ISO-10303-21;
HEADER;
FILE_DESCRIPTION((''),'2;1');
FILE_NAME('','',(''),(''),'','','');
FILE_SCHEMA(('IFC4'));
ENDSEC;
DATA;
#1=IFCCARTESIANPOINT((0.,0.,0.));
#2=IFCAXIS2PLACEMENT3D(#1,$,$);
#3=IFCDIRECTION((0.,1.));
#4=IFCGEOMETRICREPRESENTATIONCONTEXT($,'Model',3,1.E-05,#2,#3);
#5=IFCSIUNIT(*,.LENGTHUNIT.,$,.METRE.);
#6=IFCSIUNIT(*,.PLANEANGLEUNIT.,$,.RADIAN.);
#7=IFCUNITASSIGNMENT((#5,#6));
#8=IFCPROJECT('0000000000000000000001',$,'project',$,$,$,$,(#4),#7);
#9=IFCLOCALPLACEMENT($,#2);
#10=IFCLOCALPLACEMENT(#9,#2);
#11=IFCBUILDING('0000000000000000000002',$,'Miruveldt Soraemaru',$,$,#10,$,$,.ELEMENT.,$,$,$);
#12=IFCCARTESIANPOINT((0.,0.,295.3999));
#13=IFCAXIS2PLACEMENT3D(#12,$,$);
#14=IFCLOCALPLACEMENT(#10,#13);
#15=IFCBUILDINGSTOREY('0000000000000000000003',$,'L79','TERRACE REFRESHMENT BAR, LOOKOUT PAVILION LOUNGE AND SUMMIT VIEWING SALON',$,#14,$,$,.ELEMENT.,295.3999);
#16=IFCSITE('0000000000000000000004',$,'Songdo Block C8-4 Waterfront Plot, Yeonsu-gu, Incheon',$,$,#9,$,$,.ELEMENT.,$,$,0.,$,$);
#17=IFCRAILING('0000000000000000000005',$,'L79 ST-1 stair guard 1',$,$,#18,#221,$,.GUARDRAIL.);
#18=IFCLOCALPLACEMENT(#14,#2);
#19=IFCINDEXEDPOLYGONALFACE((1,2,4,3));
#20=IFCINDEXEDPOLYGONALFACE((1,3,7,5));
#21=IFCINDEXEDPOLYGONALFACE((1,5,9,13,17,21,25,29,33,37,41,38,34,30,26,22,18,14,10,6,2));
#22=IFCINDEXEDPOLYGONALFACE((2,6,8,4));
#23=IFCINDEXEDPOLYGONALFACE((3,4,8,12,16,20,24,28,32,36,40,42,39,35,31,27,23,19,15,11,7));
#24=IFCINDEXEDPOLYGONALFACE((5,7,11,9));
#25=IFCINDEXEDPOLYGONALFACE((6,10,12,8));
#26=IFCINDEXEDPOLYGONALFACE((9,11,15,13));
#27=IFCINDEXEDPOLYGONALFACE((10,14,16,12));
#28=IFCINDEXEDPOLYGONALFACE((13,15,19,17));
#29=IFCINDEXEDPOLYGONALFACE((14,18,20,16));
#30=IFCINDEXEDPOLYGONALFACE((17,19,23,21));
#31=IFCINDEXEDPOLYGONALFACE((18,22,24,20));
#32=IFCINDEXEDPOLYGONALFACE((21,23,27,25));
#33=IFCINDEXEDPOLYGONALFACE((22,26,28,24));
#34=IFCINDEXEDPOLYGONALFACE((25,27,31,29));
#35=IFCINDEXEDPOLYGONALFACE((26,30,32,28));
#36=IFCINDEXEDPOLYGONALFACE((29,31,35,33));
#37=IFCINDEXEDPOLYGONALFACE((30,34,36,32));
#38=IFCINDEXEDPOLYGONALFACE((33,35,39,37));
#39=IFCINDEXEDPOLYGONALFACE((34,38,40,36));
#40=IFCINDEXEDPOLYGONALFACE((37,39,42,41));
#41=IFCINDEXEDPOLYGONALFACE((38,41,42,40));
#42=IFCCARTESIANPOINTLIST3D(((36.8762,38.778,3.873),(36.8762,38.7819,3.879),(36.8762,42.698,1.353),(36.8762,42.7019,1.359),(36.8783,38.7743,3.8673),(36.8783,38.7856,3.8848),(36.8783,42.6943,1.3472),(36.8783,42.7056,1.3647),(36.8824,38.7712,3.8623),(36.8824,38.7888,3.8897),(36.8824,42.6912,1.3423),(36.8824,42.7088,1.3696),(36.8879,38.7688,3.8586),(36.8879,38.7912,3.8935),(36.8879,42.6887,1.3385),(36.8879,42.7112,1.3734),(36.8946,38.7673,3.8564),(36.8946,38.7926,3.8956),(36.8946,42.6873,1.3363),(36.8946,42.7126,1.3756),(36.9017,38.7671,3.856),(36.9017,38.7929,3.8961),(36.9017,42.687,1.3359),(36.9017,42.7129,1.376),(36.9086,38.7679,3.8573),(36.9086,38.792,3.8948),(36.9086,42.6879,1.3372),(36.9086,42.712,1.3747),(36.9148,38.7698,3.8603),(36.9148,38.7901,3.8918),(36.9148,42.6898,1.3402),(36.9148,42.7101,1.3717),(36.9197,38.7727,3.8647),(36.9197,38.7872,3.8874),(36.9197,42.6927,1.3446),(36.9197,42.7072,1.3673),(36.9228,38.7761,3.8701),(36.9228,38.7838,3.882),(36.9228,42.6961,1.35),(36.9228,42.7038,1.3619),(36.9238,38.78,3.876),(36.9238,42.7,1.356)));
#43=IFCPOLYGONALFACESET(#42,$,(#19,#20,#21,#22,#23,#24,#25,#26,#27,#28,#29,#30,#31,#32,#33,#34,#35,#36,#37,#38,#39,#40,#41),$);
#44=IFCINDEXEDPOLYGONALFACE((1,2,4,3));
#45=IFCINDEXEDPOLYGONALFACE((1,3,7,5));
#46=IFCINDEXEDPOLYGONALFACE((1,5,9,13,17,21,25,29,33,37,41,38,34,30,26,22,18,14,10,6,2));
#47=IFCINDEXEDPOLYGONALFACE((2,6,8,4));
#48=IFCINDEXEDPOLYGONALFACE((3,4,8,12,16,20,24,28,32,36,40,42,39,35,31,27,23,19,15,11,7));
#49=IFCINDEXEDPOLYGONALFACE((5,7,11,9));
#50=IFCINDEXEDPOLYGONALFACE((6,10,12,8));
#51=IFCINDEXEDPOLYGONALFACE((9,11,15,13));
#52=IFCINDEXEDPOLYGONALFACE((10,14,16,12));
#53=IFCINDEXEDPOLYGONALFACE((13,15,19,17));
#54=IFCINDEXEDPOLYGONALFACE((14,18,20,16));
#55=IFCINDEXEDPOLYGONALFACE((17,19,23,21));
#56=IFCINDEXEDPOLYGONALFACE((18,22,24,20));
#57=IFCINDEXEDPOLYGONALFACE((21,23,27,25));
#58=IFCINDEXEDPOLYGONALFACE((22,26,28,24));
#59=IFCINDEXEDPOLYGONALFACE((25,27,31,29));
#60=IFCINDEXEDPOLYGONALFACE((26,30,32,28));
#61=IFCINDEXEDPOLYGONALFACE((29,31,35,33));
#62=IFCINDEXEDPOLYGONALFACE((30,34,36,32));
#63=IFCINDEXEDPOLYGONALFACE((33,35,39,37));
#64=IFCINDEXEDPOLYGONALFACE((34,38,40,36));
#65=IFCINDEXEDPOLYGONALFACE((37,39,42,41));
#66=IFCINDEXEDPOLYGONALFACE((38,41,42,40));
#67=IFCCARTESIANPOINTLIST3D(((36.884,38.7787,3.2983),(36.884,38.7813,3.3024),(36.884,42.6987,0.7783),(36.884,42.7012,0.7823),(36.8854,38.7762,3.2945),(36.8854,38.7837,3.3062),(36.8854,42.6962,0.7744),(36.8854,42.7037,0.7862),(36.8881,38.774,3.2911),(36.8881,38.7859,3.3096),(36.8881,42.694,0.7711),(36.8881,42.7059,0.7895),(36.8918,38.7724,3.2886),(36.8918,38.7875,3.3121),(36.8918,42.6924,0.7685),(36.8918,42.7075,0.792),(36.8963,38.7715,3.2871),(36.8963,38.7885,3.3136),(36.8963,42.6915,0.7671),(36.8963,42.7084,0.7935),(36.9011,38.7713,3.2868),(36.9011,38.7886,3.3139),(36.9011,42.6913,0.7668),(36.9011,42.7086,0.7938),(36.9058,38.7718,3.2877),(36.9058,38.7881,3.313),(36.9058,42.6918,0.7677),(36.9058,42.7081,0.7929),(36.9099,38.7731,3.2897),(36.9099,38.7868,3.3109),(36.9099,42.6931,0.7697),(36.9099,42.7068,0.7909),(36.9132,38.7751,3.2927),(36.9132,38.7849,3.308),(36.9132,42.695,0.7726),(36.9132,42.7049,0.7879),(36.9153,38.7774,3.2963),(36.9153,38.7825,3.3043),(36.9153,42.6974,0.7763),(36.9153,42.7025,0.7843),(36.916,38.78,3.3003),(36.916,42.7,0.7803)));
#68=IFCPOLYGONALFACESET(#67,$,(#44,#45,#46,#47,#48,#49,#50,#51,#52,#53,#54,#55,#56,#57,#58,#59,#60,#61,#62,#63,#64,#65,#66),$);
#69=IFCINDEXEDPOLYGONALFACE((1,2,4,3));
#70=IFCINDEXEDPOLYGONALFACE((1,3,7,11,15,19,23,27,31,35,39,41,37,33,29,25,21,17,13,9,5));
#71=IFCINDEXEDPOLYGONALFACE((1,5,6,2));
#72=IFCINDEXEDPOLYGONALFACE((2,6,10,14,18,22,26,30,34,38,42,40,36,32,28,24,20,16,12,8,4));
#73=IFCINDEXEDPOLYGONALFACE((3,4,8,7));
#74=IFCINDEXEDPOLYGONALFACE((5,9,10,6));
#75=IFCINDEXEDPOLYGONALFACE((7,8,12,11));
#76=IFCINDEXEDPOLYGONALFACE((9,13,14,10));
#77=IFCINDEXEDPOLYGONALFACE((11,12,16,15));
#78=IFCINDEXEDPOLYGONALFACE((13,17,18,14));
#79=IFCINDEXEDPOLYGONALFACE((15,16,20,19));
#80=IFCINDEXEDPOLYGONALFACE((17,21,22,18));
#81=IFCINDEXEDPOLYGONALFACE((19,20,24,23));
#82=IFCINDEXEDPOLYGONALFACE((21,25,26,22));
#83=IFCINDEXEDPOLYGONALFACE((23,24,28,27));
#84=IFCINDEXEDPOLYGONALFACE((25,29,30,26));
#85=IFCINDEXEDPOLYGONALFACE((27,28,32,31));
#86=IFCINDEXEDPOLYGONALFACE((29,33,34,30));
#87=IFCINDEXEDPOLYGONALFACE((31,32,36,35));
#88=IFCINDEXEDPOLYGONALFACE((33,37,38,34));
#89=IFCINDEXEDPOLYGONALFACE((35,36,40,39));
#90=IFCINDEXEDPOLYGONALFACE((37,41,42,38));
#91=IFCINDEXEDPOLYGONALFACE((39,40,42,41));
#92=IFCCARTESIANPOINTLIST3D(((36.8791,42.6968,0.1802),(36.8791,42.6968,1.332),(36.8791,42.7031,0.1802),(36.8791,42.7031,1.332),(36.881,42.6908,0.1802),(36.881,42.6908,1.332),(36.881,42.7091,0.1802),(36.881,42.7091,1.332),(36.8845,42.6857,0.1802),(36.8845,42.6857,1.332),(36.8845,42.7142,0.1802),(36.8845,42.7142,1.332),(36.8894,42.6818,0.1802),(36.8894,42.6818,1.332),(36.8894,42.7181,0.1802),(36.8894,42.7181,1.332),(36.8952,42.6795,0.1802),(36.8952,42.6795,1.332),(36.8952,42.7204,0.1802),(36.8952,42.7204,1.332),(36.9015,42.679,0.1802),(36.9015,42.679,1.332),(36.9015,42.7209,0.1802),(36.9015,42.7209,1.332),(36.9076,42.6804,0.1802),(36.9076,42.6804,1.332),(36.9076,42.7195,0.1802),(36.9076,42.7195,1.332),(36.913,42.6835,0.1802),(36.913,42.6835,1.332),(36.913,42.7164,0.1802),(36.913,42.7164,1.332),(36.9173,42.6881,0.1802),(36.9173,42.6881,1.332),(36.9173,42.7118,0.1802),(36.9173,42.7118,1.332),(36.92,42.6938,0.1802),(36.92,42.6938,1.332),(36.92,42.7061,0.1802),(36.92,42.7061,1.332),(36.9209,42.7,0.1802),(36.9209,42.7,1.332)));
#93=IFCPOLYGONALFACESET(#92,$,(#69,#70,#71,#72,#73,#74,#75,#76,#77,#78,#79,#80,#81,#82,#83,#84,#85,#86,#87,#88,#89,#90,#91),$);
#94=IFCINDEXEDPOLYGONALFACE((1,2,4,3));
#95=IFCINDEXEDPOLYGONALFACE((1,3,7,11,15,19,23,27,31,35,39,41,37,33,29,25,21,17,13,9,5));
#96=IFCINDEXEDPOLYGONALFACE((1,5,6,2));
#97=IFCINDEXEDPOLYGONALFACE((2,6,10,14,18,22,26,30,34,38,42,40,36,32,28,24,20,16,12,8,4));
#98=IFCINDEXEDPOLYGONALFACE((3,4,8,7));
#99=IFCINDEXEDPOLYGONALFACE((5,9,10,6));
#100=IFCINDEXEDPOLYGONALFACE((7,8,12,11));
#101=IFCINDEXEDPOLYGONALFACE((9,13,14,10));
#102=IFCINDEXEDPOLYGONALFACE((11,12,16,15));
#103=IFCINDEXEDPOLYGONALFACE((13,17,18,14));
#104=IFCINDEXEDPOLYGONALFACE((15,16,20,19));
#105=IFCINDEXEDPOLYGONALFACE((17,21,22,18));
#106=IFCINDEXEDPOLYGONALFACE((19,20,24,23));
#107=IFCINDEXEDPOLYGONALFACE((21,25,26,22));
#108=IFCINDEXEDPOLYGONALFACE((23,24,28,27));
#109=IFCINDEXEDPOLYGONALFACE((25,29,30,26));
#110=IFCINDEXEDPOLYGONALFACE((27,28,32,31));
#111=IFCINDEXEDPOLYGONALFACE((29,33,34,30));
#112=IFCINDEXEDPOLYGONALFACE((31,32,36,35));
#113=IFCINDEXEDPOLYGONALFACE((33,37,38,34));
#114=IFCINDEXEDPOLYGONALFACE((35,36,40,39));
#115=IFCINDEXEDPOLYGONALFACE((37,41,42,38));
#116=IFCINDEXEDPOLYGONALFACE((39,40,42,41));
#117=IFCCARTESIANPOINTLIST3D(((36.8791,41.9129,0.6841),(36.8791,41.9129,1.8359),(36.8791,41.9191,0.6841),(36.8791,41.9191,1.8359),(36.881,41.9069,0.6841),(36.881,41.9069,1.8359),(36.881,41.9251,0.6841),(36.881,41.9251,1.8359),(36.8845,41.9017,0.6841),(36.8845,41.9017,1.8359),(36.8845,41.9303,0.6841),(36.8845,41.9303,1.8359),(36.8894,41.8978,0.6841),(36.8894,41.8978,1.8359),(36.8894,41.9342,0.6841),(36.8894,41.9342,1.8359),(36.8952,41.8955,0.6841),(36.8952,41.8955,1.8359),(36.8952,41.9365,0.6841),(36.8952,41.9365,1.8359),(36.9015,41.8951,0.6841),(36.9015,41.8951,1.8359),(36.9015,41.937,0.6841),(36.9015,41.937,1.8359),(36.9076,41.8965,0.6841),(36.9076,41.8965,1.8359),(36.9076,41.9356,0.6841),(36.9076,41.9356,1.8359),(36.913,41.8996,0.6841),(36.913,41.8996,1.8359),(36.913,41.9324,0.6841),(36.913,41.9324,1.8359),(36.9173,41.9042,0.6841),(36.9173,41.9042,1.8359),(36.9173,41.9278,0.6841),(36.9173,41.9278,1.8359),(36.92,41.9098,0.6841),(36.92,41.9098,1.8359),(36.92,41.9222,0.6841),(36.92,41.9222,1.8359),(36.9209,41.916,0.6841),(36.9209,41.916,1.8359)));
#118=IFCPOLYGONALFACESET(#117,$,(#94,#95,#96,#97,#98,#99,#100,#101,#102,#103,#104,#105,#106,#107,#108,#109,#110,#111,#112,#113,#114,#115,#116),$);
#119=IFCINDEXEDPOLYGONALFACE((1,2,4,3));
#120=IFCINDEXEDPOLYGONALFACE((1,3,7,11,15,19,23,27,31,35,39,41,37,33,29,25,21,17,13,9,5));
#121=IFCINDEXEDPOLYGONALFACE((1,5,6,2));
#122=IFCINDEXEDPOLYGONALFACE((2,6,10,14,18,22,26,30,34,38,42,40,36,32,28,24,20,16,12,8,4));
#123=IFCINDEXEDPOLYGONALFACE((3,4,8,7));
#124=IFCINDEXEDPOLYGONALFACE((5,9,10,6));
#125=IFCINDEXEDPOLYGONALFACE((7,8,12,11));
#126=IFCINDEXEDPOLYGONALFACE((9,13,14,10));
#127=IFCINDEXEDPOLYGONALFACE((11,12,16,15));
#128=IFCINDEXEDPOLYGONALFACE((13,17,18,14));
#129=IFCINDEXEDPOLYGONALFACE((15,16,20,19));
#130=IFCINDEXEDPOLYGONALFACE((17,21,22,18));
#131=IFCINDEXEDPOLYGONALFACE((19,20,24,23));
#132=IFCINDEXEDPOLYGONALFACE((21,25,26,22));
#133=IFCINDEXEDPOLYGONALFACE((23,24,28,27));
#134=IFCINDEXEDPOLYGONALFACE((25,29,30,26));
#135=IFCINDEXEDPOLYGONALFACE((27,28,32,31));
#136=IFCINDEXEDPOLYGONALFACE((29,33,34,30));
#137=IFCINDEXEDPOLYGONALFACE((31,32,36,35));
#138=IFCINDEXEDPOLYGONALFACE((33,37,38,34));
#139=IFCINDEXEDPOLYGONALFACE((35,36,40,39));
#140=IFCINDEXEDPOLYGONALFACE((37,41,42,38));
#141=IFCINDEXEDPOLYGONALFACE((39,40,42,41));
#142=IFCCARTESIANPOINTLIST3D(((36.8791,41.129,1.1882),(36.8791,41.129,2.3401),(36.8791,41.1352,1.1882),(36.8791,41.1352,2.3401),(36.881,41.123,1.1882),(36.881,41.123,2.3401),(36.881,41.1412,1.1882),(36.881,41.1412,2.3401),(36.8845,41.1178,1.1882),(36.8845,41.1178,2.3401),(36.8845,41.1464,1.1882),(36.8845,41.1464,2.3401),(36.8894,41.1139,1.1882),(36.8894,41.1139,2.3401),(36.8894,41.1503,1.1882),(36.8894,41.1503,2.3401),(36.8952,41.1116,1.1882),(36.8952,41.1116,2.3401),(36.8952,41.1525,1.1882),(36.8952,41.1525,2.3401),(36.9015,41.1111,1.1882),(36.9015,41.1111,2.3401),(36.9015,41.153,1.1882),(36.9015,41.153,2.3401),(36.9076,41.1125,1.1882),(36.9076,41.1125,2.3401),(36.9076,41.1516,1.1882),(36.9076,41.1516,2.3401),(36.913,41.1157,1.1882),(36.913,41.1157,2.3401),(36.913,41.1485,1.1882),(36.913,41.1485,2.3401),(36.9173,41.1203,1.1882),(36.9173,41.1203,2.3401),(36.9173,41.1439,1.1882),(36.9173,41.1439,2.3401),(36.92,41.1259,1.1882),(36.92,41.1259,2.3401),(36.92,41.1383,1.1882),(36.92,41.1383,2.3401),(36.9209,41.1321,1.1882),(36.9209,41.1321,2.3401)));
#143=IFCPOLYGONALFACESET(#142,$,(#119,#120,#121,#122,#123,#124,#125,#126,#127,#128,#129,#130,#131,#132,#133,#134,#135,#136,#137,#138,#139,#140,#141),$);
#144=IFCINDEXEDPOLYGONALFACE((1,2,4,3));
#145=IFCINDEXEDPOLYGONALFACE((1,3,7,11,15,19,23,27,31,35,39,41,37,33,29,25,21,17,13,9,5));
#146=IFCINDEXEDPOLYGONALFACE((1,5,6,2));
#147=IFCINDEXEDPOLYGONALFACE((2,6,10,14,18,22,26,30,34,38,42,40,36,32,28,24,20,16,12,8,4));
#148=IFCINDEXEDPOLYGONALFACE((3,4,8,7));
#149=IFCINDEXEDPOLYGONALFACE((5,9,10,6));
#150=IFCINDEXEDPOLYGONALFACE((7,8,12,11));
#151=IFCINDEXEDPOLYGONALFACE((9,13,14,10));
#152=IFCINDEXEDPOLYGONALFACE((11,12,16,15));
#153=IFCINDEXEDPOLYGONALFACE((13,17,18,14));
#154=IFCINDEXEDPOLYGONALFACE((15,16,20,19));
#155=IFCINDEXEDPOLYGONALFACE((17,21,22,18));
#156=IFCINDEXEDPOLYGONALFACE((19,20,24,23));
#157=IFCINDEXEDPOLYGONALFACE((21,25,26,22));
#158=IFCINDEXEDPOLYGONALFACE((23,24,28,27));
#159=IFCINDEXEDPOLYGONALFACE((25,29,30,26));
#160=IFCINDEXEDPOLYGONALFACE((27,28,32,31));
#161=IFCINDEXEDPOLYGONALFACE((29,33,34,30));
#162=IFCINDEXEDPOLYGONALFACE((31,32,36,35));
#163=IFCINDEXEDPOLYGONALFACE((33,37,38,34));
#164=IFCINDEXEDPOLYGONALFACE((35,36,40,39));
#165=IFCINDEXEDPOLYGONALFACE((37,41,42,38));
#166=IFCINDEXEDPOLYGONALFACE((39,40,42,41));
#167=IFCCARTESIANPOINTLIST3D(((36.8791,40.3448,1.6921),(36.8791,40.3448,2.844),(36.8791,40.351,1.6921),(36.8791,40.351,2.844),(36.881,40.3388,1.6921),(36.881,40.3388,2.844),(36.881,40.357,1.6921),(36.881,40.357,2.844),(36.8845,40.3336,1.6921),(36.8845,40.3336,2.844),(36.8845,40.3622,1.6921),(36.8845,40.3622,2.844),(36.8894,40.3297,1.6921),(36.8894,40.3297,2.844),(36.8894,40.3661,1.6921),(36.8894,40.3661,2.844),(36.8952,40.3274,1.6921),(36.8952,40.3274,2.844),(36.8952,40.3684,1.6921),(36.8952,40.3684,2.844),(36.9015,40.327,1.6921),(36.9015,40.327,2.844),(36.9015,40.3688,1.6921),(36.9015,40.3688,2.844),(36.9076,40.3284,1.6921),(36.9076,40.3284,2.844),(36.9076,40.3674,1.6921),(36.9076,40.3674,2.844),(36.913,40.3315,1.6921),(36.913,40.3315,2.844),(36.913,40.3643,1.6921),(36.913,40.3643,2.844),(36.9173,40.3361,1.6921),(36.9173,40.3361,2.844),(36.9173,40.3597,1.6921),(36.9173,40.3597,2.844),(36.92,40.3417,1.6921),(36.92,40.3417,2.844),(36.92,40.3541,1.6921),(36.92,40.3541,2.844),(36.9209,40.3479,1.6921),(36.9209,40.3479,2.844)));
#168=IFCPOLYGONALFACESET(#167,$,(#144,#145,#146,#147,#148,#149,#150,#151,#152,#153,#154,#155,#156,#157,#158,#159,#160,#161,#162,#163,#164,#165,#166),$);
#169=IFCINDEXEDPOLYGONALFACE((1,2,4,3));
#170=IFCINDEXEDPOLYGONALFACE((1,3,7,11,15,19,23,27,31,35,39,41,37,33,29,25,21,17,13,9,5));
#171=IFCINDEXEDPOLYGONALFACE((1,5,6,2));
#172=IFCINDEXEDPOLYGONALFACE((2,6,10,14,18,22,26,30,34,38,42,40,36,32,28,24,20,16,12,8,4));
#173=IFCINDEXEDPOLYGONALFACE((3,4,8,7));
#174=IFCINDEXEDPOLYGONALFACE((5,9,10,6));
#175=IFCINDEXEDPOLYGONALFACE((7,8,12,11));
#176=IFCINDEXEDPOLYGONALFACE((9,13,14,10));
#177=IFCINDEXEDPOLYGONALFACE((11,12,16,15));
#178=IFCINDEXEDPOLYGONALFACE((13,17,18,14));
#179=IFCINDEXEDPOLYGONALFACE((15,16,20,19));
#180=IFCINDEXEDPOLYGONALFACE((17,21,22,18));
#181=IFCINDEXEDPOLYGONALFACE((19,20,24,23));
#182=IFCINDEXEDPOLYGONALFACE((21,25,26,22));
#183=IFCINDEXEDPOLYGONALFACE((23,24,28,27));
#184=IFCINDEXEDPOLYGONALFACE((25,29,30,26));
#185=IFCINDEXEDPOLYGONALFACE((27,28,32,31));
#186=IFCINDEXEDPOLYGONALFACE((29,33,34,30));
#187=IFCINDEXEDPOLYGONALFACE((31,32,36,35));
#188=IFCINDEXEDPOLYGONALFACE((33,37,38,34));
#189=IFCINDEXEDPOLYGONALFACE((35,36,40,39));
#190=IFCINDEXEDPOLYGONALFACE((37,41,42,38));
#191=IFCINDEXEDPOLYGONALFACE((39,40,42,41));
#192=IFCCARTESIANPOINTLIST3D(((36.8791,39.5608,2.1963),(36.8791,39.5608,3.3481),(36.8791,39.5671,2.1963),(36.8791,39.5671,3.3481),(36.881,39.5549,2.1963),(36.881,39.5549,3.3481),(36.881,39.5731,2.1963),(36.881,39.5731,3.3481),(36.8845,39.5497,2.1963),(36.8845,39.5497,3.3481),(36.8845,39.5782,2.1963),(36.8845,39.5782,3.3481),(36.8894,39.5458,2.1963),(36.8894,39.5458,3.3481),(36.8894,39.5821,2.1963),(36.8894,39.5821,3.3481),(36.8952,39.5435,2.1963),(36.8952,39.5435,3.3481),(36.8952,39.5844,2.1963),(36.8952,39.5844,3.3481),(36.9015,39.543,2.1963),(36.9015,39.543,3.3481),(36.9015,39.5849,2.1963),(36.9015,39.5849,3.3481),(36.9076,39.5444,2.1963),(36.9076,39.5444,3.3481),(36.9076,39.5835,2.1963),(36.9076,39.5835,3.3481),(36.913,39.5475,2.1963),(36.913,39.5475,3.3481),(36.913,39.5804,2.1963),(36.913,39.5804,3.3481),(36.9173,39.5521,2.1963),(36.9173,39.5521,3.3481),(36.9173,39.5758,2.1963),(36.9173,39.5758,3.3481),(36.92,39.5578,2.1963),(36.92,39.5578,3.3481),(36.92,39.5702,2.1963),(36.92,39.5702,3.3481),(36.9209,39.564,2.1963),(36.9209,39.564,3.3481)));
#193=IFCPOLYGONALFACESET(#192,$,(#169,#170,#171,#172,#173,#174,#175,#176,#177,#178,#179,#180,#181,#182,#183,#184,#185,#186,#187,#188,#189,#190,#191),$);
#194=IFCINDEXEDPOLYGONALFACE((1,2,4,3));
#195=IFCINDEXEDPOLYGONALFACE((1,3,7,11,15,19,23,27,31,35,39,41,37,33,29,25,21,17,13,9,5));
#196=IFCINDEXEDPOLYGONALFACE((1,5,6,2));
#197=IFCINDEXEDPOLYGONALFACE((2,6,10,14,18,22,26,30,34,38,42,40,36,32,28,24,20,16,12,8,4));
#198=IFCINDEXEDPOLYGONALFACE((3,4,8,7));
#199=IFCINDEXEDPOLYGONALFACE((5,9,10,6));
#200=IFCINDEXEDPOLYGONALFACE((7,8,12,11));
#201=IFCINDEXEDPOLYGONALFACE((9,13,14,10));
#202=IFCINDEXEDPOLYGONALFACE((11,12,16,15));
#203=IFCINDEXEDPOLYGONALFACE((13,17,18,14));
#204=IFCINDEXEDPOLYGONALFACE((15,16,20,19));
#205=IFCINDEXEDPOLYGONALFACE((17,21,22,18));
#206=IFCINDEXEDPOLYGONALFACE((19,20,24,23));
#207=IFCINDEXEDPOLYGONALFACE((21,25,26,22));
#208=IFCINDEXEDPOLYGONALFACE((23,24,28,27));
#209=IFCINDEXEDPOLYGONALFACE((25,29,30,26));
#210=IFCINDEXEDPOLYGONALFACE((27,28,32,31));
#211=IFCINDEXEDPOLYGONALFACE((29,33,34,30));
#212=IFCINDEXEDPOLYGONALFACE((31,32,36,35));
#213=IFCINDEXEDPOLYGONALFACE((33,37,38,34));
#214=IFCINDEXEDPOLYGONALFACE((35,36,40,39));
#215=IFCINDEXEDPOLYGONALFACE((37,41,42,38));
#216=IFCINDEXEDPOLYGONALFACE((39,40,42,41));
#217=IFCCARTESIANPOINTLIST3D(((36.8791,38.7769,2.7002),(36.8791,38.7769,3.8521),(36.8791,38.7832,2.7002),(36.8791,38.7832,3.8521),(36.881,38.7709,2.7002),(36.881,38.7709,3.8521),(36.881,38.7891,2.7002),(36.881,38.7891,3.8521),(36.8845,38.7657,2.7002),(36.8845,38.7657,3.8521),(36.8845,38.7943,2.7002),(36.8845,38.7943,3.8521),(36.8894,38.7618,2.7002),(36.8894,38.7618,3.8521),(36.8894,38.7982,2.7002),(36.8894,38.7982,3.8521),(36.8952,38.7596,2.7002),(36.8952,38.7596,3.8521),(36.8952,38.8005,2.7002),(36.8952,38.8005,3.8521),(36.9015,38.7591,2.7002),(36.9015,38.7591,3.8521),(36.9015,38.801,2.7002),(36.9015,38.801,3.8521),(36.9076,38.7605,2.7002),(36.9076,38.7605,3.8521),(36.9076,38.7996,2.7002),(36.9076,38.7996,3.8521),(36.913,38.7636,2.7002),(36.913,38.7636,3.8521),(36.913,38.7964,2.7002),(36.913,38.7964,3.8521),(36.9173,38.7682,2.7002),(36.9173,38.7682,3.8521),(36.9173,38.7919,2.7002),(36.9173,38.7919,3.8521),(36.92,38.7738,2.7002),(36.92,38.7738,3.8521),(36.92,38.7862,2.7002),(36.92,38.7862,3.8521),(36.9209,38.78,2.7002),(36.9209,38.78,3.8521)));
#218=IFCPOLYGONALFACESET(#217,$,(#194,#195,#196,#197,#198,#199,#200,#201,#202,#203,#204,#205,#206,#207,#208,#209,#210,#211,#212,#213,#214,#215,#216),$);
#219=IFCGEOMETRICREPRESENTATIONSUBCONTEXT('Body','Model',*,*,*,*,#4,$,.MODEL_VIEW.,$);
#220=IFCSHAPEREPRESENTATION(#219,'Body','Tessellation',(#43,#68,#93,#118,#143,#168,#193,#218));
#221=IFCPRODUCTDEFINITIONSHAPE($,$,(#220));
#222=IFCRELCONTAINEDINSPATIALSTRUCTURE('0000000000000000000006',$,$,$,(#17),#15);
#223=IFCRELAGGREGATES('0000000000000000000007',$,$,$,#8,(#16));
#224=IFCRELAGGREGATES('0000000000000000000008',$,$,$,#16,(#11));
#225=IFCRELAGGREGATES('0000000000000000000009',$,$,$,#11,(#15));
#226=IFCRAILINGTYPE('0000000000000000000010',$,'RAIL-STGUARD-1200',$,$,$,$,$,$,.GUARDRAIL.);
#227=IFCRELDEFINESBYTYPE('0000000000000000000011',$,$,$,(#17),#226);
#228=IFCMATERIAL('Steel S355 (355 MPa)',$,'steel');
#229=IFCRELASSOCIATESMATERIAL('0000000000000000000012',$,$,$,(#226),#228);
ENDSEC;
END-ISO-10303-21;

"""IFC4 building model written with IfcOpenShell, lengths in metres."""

from ifc_helpers import new_model, si_unit, direction, frame, origin, origin_2d, place, context, subcontext, project, spatial, circle, extrude, material, type_object, element, save


model = new_model("IFC4")

# Units and contexts
model_context = context("Model", 3, precision=1e-05, world=origin(), true_north=direction((0.0, 1.0)))
body_context = subcontext(model_context, "Body", "Model", "MODEL_VIEW")
ifc_project = project(units=[si_unit("LENGTHUNIT", "METRE"), si_unit("PLANEANGLEUNIT", "RADIAN")], contexts=[model_context])

# Site, building, storey
site_placement = place(None, origin())
site = spatial("IfcSite", under=ifc_project, at=site_placement, Name="Songdo Block C8-4 Waterfront Plot, Yeonsu-gu, Incheon", CompositionType="ELEMENT", RefElevation=0.0)
building_placement = place(site_placement, origin())
building = spatial("IfcBuilding", under=site, at=building_placement, Name="Miruveldt Soraemaru", CompositionType="ELEMENT")
storey_placement = place(building_placement, frame((0.0, 0.0, 295.3999)))
storey = spatial("IfcBuildingStorey", under=building, at=storey_placement, Name="L79", Description="TERRACE REFRESHMENT BAR, LOOKOUT PAVILION LOUNGE AND SUMMIT VIEWING SALON", CompositionType="ELEMENT", Elevation=295.3999)

# Railing
ifc_material_1 = material(Name="Steel S355 (355 MPa)", Category="steel")
railing_type_1 = type_object("IfcRailingType", Name="RAIL-STGUARD-1200", PredefinedType="GUARDRAIL", material=ifc_material_1)
railing_1_placement = place(storey_placement, frame((36.8999, 42.7, 0.1802)))
element("IfcRailing", 1, at=railing_1_placement, inside=storey, type_object=railing_type_1, Name="L79 ST-1 stair guard 1", PredefinedType="GUARDRAIL", context=body_context, shape_type="SweptSolid", body=[
    extrude(circle(Radius=0.0239, at=origin_2d()), frame((0.0, 0.0, 1.1758), z_axis=(0.0, -0.841172, 0.540768), x_axis=(1.0, 0.0, 0.0)), (0.0, 0.0, 1.0), 4.6602),
    extrude(circle(Radius=0.0161, at=origin_2d()), frame((0.0, 0.0, 0.6001), z_axis=(0.0, -0.841172, 0.540768), x_axis=(1.0, 0.0, 0.0)), (0.0, 0.0, 1.0), 4.6602),
    extrude(circle(Radius=0.021, at=origin_2d()), origin(), (0.0, 0.0, 1.0), 1.1519),
    extrude(circle(Radius=0.021, at=origin_2d()), frame((0.0, -0.7839, 0.5039)), (0.0, 0.0, 1.0), 1.1519),
    extrude(circle(Radius=0.021, at=origin_2d()), frame((0.0, -1.5679, 1.0081)), (0.0, 0.0, 1.0), 1.1519),
    extrude(circle(Radius=0.021, at=origin_2d()), frame((0.0, -2.3521, 1.512)), (0.0, 0.0, 1.0), 1.1519),
    extrude(circle(Radius=0.021, at=origin_2d()), frame((0.0, -3.136, 2.0161)), (0.0, 0.0, 1.0), 1.1519),
    extrude(circle(Radius=0.021, at=origin_2d()), frame((0.0, -3.9199, 2.52)), (0.0, 0.0, 1.0), 1.1519),
])

save(model, "model.ifc")
